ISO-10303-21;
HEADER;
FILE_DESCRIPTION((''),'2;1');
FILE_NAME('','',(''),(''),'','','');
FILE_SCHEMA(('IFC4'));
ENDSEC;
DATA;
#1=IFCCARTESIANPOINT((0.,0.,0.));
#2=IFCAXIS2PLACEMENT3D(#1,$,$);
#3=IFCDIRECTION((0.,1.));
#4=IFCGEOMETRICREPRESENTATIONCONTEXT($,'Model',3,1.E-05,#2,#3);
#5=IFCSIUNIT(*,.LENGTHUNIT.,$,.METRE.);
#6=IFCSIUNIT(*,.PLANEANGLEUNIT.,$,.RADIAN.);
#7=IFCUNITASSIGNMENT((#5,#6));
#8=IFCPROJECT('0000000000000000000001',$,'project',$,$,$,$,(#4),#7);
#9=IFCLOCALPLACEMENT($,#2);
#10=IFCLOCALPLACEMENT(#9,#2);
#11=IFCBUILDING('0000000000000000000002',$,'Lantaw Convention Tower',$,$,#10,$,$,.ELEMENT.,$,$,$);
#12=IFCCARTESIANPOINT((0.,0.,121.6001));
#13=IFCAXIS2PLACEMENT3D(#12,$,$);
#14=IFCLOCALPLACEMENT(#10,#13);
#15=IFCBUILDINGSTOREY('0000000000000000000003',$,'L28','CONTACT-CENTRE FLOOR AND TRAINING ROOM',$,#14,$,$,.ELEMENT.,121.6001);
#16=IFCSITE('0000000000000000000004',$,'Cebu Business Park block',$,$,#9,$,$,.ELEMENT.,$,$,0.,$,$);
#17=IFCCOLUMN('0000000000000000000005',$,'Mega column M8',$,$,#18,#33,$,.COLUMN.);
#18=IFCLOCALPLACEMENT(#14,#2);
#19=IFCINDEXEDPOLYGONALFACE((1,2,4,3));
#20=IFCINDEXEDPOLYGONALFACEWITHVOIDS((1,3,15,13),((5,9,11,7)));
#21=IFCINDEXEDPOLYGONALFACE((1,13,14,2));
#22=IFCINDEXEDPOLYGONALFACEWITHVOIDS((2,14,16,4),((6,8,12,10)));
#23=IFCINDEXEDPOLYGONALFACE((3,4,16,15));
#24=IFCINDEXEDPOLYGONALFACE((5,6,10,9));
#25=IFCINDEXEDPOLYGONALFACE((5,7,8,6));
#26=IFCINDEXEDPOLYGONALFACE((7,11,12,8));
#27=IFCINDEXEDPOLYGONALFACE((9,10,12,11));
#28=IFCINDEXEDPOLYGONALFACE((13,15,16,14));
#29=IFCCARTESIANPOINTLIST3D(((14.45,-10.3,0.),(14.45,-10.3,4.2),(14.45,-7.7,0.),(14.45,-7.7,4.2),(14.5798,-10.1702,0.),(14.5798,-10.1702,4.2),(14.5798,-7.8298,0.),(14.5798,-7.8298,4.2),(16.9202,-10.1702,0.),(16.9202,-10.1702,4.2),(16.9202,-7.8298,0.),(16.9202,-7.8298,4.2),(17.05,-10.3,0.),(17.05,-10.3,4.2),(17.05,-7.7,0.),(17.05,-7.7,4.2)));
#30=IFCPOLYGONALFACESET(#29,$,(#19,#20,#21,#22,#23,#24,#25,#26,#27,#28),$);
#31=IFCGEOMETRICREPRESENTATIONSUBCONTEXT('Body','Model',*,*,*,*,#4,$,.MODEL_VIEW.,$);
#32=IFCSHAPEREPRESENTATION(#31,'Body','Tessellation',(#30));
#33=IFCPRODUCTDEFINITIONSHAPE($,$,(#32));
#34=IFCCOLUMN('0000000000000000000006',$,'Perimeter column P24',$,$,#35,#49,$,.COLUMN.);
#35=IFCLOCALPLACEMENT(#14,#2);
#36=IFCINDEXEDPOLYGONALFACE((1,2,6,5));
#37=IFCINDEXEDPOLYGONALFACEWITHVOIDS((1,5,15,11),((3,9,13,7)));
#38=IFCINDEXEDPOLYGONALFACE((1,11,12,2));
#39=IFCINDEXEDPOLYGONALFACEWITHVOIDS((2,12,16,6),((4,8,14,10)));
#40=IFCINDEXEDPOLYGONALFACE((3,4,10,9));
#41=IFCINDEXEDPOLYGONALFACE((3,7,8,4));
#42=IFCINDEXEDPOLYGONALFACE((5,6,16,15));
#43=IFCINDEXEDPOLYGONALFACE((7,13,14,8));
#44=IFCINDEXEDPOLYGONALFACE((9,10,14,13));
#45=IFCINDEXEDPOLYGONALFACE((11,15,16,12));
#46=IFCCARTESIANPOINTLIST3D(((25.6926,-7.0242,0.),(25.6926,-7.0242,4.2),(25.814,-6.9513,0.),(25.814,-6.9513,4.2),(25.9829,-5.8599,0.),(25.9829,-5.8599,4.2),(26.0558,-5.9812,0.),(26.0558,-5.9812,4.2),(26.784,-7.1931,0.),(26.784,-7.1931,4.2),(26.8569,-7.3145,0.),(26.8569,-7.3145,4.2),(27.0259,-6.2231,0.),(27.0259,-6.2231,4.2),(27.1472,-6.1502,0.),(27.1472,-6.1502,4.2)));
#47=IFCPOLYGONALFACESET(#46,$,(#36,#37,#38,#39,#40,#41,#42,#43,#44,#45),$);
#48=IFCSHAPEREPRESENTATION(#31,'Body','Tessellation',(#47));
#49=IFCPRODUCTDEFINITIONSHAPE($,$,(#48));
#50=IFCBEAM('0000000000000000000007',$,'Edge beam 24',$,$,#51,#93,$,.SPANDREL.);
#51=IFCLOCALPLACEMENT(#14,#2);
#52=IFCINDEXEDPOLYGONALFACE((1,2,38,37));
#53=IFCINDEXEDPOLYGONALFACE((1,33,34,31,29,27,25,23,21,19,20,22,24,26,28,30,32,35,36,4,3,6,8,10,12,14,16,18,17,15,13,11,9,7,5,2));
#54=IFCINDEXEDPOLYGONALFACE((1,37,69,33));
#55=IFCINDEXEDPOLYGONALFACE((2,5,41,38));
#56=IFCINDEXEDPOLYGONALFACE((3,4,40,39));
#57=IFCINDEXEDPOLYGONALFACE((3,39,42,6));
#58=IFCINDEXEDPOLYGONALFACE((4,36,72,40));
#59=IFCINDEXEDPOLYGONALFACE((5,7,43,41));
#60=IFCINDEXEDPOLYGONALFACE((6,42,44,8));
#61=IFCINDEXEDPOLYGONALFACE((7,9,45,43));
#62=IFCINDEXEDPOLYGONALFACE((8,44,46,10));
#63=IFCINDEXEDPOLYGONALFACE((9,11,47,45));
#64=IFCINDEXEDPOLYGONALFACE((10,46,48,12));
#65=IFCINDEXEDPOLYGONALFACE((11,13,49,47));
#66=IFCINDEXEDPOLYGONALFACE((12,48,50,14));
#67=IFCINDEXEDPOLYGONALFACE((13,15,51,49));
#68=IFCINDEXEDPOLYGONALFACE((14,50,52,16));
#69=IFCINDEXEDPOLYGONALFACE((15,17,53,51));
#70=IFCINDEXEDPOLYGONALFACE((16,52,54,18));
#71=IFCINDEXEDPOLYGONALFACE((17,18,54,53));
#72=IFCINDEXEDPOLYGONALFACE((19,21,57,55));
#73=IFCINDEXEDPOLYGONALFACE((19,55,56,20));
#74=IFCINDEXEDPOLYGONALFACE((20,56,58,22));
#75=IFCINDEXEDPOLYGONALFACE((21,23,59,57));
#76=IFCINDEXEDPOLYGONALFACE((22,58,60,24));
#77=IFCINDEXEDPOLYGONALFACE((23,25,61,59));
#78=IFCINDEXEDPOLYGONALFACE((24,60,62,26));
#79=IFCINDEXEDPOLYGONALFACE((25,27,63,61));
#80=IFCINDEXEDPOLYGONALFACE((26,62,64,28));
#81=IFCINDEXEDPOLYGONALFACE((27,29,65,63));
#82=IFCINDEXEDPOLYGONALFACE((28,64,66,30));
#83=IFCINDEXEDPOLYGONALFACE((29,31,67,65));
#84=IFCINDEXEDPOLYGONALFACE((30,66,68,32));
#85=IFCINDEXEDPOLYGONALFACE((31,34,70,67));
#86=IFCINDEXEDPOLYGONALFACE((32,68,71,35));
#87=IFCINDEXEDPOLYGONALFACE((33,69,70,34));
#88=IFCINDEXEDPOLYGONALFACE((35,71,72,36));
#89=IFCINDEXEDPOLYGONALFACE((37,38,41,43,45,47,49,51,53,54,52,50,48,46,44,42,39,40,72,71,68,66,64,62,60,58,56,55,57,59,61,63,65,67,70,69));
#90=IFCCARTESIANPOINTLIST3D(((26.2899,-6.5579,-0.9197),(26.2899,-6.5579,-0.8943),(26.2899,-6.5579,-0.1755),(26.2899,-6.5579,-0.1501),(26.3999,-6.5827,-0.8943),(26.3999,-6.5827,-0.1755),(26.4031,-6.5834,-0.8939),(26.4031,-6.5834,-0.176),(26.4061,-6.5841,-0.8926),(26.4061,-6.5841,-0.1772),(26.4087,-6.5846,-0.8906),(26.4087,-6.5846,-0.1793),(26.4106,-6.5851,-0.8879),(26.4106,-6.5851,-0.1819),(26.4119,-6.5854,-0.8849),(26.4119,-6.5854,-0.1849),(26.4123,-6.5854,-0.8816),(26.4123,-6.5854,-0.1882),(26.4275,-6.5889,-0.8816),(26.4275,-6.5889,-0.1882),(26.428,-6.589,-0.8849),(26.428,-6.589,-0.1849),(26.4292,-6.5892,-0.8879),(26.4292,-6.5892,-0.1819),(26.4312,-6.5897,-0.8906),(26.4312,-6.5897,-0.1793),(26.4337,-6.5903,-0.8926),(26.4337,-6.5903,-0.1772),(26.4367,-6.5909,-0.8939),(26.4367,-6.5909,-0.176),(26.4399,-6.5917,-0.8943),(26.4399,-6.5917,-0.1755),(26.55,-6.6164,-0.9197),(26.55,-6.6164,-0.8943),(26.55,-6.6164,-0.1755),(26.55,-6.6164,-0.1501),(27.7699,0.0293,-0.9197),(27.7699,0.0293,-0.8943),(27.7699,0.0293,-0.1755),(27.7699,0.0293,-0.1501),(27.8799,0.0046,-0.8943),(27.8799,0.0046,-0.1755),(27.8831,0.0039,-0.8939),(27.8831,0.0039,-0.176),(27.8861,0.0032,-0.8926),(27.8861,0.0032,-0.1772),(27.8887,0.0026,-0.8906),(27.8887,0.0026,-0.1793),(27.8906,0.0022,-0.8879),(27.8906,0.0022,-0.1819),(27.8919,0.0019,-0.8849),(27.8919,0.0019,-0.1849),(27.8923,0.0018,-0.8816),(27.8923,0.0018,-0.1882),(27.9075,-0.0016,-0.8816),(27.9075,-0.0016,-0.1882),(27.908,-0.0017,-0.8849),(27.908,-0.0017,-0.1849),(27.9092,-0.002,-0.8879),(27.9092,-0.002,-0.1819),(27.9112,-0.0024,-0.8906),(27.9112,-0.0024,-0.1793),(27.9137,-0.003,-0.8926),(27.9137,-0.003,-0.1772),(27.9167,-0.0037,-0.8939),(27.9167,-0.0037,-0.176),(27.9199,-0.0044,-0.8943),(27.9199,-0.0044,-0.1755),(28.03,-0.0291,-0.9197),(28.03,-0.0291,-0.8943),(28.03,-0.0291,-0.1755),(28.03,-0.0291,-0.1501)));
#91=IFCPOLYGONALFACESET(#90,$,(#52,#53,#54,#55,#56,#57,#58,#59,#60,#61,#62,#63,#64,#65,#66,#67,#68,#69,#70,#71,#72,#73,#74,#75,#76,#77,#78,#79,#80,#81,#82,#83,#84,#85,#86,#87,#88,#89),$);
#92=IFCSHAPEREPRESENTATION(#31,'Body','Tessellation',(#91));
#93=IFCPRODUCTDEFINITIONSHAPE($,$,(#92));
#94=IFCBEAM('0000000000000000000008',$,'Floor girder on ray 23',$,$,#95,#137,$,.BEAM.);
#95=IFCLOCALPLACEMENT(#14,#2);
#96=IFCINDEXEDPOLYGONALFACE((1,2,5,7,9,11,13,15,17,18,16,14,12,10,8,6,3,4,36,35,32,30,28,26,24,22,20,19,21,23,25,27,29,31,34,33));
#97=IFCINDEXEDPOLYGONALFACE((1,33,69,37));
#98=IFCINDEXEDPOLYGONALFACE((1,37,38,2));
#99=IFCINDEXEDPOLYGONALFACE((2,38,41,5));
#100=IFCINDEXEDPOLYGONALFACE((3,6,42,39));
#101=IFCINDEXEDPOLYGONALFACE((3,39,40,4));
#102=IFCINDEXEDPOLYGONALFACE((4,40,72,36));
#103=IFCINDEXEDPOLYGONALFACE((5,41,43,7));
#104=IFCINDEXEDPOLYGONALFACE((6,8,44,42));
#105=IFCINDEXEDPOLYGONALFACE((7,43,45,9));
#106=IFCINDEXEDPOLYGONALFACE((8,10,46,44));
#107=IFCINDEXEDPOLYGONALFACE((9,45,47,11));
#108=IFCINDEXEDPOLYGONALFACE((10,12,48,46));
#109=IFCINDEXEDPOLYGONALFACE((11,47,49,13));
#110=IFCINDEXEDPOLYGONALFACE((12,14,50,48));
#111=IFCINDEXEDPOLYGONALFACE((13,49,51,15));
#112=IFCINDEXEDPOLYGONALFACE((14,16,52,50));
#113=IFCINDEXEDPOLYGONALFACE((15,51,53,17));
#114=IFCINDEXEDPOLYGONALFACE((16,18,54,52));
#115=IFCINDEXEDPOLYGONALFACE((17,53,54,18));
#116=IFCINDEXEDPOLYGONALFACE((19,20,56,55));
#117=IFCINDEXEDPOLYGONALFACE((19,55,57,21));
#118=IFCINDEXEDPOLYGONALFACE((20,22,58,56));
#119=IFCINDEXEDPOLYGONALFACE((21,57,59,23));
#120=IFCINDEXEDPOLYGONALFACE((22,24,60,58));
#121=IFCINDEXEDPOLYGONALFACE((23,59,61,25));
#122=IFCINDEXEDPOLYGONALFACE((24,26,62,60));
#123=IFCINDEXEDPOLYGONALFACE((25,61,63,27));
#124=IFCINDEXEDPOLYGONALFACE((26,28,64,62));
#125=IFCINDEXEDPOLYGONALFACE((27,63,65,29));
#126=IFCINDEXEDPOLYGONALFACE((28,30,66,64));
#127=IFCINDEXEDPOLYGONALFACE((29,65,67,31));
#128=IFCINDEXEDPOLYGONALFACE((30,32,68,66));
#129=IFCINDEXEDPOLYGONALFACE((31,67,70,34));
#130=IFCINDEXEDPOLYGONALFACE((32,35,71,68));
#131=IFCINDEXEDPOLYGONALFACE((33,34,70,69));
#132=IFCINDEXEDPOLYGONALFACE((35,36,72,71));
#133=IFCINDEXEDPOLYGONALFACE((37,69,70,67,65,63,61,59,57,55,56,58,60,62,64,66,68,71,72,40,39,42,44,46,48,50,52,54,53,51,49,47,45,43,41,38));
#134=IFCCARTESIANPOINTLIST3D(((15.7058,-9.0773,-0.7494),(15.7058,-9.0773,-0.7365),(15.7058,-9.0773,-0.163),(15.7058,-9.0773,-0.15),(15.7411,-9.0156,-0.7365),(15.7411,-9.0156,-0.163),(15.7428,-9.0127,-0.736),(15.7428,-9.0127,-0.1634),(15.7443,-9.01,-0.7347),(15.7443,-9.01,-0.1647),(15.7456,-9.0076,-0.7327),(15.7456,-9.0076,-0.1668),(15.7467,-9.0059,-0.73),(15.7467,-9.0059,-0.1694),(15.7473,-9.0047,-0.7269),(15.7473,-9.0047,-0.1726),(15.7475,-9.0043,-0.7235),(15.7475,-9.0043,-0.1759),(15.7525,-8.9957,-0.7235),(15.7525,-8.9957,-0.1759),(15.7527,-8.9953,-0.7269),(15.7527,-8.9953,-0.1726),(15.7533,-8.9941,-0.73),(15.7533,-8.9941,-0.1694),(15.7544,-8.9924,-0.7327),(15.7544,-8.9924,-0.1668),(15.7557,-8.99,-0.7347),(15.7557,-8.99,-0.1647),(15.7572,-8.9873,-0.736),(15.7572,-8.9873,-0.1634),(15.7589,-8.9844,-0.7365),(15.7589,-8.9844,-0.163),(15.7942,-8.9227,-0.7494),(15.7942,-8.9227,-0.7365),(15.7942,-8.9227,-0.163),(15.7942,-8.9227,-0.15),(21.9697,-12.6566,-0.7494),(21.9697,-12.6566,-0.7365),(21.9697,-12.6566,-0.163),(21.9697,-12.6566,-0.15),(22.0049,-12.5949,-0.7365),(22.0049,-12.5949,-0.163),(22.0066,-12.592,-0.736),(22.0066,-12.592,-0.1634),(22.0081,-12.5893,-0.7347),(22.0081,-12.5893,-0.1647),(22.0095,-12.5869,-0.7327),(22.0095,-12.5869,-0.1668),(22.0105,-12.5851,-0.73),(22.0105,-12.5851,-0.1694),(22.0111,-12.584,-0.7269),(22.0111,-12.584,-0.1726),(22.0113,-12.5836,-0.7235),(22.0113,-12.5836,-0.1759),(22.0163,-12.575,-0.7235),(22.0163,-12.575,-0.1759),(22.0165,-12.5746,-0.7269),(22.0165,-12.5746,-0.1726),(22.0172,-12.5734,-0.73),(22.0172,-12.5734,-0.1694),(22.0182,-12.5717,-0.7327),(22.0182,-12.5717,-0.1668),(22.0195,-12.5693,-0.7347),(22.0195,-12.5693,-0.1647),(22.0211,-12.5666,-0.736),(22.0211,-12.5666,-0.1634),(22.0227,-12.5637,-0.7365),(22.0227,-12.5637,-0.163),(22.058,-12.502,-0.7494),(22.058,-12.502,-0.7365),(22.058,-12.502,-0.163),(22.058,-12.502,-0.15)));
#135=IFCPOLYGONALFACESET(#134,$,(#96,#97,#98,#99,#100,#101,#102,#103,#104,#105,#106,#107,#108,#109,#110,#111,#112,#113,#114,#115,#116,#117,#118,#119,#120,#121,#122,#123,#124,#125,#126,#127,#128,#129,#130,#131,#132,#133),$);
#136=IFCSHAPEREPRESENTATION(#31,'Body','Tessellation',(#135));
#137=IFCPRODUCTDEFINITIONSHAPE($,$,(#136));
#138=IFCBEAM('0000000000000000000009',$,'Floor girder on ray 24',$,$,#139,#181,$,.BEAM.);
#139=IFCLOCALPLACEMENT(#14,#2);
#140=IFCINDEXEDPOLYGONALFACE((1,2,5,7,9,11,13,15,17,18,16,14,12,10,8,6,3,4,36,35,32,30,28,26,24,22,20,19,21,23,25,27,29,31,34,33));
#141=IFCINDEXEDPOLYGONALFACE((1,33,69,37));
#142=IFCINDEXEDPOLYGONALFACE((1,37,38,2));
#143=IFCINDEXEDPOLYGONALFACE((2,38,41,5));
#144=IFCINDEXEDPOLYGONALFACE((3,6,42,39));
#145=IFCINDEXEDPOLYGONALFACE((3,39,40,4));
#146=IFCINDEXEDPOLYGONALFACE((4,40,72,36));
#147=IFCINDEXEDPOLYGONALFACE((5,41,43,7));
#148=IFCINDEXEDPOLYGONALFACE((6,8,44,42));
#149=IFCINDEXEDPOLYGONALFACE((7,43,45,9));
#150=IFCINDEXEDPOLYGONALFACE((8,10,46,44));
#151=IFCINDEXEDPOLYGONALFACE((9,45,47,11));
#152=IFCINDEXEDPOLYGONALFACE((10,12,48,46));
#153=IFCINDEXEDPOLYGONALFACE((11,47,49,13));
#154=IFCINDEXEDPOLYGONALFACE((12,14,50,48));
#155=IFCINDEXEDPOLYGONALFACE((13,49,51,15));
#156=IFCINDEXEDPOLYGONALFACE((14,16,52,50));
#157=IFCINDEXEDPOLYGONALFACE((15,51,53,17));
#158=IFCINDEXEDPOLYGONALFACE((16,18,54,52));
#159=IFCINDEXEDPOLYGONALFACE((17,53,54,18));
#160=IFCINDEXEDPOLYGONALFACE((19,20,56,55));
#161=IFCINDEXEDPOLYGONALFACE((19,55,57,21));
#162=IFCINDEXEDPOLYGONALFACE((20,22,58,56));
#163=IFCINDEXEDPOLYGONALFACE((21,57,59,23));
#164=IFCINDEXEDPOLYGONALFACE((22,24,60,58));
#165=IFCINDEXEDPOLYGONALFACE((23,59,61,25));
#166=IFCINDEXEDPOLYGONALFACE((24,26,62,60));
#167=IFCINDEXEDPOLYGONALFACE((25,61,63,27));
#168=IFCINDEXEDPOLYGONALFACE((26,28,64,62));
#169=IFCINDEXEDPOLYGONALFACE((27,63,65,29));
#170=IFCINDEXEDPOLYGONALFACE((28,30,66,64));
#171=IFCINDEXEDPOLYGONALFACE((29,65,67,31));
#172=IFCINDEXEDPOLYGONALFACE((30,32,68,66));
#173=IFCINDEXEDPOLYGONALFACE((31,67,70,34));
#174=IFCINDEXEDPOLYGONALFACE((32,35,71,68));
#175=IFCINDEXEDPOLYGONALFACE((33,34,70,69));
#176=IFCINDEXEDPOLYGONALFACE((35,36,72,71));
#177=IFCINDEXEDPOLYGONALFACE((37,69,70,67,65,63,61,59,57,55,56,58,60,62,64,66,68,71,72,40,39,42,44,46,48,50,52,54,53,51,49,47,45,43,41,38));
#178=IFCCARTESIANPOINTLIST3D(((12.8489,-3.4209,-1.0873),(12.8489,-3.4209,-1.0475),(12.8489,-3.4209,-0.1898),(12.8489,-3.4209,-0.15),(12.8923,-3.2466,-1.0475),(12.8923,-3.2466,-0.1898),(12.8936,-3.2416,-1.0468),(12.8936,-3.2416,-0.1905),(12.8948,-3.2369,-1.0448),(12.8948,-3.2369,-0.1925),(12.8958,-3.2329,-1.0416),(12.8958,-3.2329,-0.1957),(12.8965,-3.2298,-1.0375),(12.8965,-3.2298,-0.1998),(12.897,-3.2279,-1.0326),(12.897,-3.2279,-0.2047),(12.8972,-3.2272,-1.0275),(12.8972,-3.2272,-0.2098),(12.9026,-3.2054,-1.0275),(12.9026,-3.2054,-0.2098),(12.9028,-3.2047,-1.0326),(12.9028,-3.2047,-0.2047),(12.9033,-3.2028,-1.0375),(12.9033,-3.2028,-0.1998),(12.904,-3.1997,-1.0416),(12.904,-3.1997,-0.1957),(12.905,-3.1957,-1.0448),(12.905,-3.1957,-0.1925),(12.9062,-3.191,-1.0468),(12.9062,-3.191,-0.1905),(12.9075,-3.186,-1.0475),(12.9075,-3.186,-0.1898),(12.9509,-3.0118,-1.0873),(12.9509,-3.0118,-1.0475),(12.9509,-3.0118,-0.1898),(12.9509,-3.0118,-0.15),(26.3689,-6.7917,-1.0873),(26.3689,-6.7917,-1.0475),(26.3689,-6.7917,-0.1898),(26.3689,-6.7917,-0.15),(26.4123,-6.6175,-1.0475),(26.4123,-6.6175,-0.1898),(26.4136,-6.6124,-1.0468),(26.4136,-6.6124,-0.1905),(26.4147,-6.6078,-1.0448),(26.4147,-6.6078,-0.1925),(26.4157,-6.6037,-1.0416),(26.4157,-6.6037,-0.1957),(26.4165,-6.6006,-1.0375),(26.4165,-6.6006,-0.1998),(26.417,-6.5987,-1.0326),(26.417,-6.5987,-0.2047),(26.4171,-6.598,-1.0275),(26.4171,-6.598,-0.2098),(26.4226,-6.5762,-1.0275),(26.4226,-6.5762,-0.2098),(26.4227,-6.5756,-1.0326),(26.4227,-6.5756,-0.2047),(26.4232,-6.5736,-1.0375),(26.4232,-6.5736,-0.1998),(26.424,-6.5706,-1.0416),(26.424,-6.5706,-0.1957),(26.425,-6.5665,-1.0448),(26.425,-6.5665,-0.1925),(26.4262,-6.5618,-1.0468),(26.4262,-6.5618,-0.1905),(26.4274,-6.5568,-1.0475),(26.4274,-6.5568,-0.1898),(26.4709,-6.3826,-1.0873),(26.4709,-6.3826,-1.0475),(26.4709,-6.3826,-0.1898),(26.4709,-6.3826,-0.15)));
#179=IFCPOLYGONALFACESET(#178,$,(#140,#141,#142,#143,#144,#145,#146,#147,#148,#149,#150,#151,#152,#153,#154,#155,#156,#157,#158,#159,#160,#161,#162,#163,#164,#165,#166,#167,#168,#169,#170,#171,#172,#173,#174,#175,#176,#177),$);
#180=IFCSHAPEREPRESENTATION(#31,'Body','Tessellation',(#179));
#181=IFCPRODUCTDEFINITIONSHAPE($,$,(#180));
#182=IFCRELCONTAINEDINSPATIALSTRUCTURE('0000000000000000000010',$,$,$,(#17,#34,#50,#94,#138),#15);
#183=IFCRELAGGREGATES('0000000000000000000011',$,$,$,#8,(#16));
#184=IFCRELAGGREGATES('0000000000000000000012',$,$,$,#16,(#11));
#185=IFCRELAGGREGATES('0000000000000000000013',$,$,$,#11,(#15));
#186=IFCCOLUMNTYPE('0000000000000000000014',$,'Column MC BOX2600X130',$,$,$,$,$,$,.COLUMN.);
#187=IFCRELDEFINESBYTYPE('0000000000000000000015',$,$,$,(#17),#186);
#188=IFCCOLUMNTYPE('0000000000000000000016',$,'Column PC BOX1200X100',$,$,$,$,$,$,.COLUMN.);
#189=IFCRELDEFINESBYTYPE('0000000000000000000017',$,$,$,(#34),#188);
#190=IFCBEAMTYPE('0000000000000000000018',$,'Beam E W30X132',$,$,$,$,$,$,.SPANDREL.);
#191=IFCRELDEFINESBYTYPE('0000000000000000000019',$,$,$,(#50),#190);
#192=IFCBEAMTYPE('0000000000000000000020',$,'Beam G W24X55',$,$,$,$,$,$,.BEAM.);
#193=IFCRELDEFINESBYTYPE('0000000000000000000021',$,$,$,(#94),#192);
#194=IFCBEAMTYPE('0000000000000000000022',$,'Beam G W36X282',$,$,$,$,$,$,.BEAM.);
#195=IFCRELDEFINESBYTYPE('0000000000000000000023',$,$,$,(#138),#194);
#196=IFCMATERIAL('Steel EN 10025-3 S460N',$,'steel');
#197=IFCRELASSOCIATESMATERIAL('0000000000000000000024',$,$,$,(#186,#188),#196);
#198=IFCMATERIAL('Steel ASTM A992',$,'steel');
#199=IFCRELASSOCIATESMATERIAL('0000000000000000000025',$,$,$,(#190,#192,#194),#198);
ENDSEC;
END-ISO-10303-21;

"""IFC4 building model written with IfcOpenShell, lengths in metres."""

from ifc_helpers import new_model, si_unit, direction, frame, origin, origin_2d, place, context, subcontext, project, spatial, rectangle, hollow_rectangle, i_section, extrude, material, material_profile, profile_set, type_object, element, save


model = new_model("IFC4")

# Units and contexts
model_context = context("Model", 3, precision=1e-05, world=origin(), true_north=direction((0.0, 1.0)))
body_context = subcontext(model_context, "Body", "Model", "MODEL_VIEW")
ifc_project = project(units=[si_unit("LENGTHUNIT", "METRE"), si_unit("PLANEANGLEUNIT", "RADIAN")], contexts=[model_context])

# Site, building, storey
site_placement = place(None, origin())
site = spatial("IfcSite", under=ifc_project, at=site_placement, Name="Cebu Business Park block", CompositionType="ELEMENT", RefElevation=0.0)
building_placement = place(site_placement, origin())
building = spatial("IfcBuilding", under=site, at=building_placement, Name="Lantaw Convention Tower", CompositionType="ELEMENT")
storey_placement = place(building_placement, frame((0.0, 0.0, 121.6001)))
storey = spatial("IfcBuildingStorey", under=building, at=storey_placement, Name="L28", Description="CONTACT-CENTRE FLOOR AND TRAINING ROOM", CompositionType="ELEMENT", Elevation=121.6001)

# Columns
ifc_material_1 = material(Name="Steel EN 10025-3 S460N", Category="steel")
ifc_material_profile_1 = material_profile(ifc_material_1, hollow_rectangle(XDim=2.6001, YDim=2.6001, WallThickness=0.1299, at=origin_2d()), Name="BOX2600X130")
ifc_material_2 = material(Name="Concrete C60/75", Category="concrete")
ifc_material_profile_2 = material_profile(ifc_material_2, rectangle(XDim=2.3401, YDim=2.3401, at=origin_2d()), Name="Concrete fill of BOX2600X130")
ifc_profile_set_1 = profile_set([ifc_material_profile_1, ifc_material_profile_2], Name="Steel EN 10025-3 S460N")
column_type_1 = type_object("IfcColumnType", Name="Column MC BOX2600X130", PredefinedType="COLUMN", material=ifc_profile_set_1)
column_1_placement = place(storey_placement, frame((15.75, -9.0, 0.0), z_axis=(0.0, 0.0, 1.0), x_axis=(1.0, 0.0, 0.0)))
element("IfcColumn", 1, at=column_1_placement, inside=storey, type_object=column_type_1, Name="Mega column M8", PredefinedType="COLUMN", context=body_context, shape_type="SweptSolid", body=[
    extrude(hollow_rectangle(XDim=2.6001, YDim=2.6001, WallThickness=0.1299, at=origin_2d()), origin(), (0.0, 0.0, 1.0), 4.2),
])
ifc_material_profile_3 = material_profile(ifc_material_1, hollow_rectangle(XDim=1.2, YDim=1.2, WallThickness=0.1001, at=origin_2d()), Name="BOX1200X100")
ifc_material_profile_4 = material_profile(ifc_material_2, rectangle(XDim=1.0, YDim=1.0, at=origin_2d()), Name="Concrete fill of BOX1200X100")
ifc_profile_set_2 = profile_set([ifc_material_profile_3, ifc_material_profile_4], Name="Steel EN 10025-3 S460N")
column_type_2 = type_object("IfcColumnType", Name="Column PC BOX1200X100", PredefinedType="COLUMN", material=ifc_profile_set_2)
column_2_placement = place(storey_placement, frame((26.4199, -6.5872, 0.0), z_axis=(0.0, 0.0, 1.0), x_axis=(0.241922, 0.970296, 0.0)))
element("IfcColumn", 2, at=column_2_placement, inside=storey, type_object=column_type_2, Name="Perimeter column P24", PredefinedType="COLUMN", context=body_context, shape_type="SweptSolid", body=[
    extrude(hollow_rectangle(XDim=1.2, YDim=1.2, WallThickness=0.1001, at=origin_2d()), origin(), (0.0, 0.0, 1.0), 4.2),
])

# Beams
ifc_material_3 = material(Name="Steel ASTM A992", Category="steel")
ifc_material_profile_5 = material_profile(ifc_material_3, i_section(OverallWidth=0.2666, OverallDepth=0.7695, WebThickness=0.0156, FlangeThickness=0.0254, FilletRadius=0.0127, at=origin_2d()), Name="W30X132")
ifc_profile_set_3 = profile_set([ifc_material_profile_5], Name="Steel ASTM A992")
beam_type_1 = type_object("IfcBeamType", Name="Beam E W30X132", PredefinedType="SPANDREL", material=ifc_profile_set_3)
beam_1_placement = place(storey_placement, frame((26.4199, -6.5872, -0.5349), z_axis=(0.219212, 0.975677, 0.0), x_axis=(-0.975677, 0.219212, 0.0)))
element("IfcBeam", 3, at=beam_1_placement, inside=storey, type_object=beam_type_1, Name="Edge beam 24", PredefinedType="SPANDREL", context=body_context, shape_type="SweptSolid", body=[
    extrude(i_section(OverallWidth=0.2666, OverallDepth=0.7695, WebThickness=0.0156, FlangeThickness=0.0254, FilletRadius=0.0127, at=origin_2d()), origin(), (0.0, 0.0, 1.0), 6.7515),
])
ifc_material_profile_6 = material_profile(ifc_material_3, i_section(OverallWidth=0.178, OverallDepth=0.5994, WebThickness=0.01, FlangeThickness=0.0129, FilletRadius=0.0129, at=origin_2d()), Name="W24X55")
ifc_profile_set_4 = profile_set([ifc_material_profile_6], Name="Steel ASTM A992")
beam_type_2 = type_object("IfcBeamType", Name="Beam G W24X55", PredefinedType="BEAM", material=ifc_profile_set_4)
beam_2_placement = place(storey_placement, frame((15.75, -9.0, -0.4497), z_axis=(0.868245, -0.496135, 0.0), x_axis=(0.496135, 0.868245, 0.0)))
element("IfcBeam", 4, at=beam_2_placement, inside=storey, type_object=beam_type_2, Name="Floor girder on ray 23", PredefinedType="BEAM", context=body_context, shape_type="SweptSolid", body=[
    extrude(i_section(OverallWidth=0.178, OverallDepth=0.5994, WebThickness=0.01, FlangeThickness=0.0129, FilletRadius=0.0129, at=origin_2d()), origin(), (0.0, 0.0, 1.0), 7.2144),
])
ifc_material_profile_7 = material_profile(ifc_material_3, i_section(OverallWidth=0.4216, OverallDepth=0.9373, WebThickness=0.0225, FlangeThickness=0.0398, FilletRadius=0.02, at=origin_2d()), Name="W36X282")
ifc_profile_set_5 = profile_set([ifc_material_profile_7], Name="Steel ASTM A992")
beam_type_3 = type_object("IfcBeamType", Name="Beam G W36X282", PredefinedType="BEAM", material=ifc_profile_set_5)
beam_3_placement = place(storey_placement, frame((12.8999, -3.2163, -0.6187), z_axis=(0.970297, -0.241917, 0.0), x_axis=(0.241917, 0.970297, 0.0)))
element("IfcBeam", 5, at=beam_3_placement, inside=storey, type_object=beam_type_3, Name="Floor girder on ray 24", PredefinedType="BEAM", context=body_context, shape_type="SweptSolid", body=[
    extrude(i_section(OverallWidth=0.4216, OverallDepth=0.9373, WebThickness=0.0225, FlangeThickness=0.0398, FilletRadius=0.02, at=origin_2d()), origin(), (0.0, 0.0, 1.0), 13.9338),
])

save(model, "model.ifc")
